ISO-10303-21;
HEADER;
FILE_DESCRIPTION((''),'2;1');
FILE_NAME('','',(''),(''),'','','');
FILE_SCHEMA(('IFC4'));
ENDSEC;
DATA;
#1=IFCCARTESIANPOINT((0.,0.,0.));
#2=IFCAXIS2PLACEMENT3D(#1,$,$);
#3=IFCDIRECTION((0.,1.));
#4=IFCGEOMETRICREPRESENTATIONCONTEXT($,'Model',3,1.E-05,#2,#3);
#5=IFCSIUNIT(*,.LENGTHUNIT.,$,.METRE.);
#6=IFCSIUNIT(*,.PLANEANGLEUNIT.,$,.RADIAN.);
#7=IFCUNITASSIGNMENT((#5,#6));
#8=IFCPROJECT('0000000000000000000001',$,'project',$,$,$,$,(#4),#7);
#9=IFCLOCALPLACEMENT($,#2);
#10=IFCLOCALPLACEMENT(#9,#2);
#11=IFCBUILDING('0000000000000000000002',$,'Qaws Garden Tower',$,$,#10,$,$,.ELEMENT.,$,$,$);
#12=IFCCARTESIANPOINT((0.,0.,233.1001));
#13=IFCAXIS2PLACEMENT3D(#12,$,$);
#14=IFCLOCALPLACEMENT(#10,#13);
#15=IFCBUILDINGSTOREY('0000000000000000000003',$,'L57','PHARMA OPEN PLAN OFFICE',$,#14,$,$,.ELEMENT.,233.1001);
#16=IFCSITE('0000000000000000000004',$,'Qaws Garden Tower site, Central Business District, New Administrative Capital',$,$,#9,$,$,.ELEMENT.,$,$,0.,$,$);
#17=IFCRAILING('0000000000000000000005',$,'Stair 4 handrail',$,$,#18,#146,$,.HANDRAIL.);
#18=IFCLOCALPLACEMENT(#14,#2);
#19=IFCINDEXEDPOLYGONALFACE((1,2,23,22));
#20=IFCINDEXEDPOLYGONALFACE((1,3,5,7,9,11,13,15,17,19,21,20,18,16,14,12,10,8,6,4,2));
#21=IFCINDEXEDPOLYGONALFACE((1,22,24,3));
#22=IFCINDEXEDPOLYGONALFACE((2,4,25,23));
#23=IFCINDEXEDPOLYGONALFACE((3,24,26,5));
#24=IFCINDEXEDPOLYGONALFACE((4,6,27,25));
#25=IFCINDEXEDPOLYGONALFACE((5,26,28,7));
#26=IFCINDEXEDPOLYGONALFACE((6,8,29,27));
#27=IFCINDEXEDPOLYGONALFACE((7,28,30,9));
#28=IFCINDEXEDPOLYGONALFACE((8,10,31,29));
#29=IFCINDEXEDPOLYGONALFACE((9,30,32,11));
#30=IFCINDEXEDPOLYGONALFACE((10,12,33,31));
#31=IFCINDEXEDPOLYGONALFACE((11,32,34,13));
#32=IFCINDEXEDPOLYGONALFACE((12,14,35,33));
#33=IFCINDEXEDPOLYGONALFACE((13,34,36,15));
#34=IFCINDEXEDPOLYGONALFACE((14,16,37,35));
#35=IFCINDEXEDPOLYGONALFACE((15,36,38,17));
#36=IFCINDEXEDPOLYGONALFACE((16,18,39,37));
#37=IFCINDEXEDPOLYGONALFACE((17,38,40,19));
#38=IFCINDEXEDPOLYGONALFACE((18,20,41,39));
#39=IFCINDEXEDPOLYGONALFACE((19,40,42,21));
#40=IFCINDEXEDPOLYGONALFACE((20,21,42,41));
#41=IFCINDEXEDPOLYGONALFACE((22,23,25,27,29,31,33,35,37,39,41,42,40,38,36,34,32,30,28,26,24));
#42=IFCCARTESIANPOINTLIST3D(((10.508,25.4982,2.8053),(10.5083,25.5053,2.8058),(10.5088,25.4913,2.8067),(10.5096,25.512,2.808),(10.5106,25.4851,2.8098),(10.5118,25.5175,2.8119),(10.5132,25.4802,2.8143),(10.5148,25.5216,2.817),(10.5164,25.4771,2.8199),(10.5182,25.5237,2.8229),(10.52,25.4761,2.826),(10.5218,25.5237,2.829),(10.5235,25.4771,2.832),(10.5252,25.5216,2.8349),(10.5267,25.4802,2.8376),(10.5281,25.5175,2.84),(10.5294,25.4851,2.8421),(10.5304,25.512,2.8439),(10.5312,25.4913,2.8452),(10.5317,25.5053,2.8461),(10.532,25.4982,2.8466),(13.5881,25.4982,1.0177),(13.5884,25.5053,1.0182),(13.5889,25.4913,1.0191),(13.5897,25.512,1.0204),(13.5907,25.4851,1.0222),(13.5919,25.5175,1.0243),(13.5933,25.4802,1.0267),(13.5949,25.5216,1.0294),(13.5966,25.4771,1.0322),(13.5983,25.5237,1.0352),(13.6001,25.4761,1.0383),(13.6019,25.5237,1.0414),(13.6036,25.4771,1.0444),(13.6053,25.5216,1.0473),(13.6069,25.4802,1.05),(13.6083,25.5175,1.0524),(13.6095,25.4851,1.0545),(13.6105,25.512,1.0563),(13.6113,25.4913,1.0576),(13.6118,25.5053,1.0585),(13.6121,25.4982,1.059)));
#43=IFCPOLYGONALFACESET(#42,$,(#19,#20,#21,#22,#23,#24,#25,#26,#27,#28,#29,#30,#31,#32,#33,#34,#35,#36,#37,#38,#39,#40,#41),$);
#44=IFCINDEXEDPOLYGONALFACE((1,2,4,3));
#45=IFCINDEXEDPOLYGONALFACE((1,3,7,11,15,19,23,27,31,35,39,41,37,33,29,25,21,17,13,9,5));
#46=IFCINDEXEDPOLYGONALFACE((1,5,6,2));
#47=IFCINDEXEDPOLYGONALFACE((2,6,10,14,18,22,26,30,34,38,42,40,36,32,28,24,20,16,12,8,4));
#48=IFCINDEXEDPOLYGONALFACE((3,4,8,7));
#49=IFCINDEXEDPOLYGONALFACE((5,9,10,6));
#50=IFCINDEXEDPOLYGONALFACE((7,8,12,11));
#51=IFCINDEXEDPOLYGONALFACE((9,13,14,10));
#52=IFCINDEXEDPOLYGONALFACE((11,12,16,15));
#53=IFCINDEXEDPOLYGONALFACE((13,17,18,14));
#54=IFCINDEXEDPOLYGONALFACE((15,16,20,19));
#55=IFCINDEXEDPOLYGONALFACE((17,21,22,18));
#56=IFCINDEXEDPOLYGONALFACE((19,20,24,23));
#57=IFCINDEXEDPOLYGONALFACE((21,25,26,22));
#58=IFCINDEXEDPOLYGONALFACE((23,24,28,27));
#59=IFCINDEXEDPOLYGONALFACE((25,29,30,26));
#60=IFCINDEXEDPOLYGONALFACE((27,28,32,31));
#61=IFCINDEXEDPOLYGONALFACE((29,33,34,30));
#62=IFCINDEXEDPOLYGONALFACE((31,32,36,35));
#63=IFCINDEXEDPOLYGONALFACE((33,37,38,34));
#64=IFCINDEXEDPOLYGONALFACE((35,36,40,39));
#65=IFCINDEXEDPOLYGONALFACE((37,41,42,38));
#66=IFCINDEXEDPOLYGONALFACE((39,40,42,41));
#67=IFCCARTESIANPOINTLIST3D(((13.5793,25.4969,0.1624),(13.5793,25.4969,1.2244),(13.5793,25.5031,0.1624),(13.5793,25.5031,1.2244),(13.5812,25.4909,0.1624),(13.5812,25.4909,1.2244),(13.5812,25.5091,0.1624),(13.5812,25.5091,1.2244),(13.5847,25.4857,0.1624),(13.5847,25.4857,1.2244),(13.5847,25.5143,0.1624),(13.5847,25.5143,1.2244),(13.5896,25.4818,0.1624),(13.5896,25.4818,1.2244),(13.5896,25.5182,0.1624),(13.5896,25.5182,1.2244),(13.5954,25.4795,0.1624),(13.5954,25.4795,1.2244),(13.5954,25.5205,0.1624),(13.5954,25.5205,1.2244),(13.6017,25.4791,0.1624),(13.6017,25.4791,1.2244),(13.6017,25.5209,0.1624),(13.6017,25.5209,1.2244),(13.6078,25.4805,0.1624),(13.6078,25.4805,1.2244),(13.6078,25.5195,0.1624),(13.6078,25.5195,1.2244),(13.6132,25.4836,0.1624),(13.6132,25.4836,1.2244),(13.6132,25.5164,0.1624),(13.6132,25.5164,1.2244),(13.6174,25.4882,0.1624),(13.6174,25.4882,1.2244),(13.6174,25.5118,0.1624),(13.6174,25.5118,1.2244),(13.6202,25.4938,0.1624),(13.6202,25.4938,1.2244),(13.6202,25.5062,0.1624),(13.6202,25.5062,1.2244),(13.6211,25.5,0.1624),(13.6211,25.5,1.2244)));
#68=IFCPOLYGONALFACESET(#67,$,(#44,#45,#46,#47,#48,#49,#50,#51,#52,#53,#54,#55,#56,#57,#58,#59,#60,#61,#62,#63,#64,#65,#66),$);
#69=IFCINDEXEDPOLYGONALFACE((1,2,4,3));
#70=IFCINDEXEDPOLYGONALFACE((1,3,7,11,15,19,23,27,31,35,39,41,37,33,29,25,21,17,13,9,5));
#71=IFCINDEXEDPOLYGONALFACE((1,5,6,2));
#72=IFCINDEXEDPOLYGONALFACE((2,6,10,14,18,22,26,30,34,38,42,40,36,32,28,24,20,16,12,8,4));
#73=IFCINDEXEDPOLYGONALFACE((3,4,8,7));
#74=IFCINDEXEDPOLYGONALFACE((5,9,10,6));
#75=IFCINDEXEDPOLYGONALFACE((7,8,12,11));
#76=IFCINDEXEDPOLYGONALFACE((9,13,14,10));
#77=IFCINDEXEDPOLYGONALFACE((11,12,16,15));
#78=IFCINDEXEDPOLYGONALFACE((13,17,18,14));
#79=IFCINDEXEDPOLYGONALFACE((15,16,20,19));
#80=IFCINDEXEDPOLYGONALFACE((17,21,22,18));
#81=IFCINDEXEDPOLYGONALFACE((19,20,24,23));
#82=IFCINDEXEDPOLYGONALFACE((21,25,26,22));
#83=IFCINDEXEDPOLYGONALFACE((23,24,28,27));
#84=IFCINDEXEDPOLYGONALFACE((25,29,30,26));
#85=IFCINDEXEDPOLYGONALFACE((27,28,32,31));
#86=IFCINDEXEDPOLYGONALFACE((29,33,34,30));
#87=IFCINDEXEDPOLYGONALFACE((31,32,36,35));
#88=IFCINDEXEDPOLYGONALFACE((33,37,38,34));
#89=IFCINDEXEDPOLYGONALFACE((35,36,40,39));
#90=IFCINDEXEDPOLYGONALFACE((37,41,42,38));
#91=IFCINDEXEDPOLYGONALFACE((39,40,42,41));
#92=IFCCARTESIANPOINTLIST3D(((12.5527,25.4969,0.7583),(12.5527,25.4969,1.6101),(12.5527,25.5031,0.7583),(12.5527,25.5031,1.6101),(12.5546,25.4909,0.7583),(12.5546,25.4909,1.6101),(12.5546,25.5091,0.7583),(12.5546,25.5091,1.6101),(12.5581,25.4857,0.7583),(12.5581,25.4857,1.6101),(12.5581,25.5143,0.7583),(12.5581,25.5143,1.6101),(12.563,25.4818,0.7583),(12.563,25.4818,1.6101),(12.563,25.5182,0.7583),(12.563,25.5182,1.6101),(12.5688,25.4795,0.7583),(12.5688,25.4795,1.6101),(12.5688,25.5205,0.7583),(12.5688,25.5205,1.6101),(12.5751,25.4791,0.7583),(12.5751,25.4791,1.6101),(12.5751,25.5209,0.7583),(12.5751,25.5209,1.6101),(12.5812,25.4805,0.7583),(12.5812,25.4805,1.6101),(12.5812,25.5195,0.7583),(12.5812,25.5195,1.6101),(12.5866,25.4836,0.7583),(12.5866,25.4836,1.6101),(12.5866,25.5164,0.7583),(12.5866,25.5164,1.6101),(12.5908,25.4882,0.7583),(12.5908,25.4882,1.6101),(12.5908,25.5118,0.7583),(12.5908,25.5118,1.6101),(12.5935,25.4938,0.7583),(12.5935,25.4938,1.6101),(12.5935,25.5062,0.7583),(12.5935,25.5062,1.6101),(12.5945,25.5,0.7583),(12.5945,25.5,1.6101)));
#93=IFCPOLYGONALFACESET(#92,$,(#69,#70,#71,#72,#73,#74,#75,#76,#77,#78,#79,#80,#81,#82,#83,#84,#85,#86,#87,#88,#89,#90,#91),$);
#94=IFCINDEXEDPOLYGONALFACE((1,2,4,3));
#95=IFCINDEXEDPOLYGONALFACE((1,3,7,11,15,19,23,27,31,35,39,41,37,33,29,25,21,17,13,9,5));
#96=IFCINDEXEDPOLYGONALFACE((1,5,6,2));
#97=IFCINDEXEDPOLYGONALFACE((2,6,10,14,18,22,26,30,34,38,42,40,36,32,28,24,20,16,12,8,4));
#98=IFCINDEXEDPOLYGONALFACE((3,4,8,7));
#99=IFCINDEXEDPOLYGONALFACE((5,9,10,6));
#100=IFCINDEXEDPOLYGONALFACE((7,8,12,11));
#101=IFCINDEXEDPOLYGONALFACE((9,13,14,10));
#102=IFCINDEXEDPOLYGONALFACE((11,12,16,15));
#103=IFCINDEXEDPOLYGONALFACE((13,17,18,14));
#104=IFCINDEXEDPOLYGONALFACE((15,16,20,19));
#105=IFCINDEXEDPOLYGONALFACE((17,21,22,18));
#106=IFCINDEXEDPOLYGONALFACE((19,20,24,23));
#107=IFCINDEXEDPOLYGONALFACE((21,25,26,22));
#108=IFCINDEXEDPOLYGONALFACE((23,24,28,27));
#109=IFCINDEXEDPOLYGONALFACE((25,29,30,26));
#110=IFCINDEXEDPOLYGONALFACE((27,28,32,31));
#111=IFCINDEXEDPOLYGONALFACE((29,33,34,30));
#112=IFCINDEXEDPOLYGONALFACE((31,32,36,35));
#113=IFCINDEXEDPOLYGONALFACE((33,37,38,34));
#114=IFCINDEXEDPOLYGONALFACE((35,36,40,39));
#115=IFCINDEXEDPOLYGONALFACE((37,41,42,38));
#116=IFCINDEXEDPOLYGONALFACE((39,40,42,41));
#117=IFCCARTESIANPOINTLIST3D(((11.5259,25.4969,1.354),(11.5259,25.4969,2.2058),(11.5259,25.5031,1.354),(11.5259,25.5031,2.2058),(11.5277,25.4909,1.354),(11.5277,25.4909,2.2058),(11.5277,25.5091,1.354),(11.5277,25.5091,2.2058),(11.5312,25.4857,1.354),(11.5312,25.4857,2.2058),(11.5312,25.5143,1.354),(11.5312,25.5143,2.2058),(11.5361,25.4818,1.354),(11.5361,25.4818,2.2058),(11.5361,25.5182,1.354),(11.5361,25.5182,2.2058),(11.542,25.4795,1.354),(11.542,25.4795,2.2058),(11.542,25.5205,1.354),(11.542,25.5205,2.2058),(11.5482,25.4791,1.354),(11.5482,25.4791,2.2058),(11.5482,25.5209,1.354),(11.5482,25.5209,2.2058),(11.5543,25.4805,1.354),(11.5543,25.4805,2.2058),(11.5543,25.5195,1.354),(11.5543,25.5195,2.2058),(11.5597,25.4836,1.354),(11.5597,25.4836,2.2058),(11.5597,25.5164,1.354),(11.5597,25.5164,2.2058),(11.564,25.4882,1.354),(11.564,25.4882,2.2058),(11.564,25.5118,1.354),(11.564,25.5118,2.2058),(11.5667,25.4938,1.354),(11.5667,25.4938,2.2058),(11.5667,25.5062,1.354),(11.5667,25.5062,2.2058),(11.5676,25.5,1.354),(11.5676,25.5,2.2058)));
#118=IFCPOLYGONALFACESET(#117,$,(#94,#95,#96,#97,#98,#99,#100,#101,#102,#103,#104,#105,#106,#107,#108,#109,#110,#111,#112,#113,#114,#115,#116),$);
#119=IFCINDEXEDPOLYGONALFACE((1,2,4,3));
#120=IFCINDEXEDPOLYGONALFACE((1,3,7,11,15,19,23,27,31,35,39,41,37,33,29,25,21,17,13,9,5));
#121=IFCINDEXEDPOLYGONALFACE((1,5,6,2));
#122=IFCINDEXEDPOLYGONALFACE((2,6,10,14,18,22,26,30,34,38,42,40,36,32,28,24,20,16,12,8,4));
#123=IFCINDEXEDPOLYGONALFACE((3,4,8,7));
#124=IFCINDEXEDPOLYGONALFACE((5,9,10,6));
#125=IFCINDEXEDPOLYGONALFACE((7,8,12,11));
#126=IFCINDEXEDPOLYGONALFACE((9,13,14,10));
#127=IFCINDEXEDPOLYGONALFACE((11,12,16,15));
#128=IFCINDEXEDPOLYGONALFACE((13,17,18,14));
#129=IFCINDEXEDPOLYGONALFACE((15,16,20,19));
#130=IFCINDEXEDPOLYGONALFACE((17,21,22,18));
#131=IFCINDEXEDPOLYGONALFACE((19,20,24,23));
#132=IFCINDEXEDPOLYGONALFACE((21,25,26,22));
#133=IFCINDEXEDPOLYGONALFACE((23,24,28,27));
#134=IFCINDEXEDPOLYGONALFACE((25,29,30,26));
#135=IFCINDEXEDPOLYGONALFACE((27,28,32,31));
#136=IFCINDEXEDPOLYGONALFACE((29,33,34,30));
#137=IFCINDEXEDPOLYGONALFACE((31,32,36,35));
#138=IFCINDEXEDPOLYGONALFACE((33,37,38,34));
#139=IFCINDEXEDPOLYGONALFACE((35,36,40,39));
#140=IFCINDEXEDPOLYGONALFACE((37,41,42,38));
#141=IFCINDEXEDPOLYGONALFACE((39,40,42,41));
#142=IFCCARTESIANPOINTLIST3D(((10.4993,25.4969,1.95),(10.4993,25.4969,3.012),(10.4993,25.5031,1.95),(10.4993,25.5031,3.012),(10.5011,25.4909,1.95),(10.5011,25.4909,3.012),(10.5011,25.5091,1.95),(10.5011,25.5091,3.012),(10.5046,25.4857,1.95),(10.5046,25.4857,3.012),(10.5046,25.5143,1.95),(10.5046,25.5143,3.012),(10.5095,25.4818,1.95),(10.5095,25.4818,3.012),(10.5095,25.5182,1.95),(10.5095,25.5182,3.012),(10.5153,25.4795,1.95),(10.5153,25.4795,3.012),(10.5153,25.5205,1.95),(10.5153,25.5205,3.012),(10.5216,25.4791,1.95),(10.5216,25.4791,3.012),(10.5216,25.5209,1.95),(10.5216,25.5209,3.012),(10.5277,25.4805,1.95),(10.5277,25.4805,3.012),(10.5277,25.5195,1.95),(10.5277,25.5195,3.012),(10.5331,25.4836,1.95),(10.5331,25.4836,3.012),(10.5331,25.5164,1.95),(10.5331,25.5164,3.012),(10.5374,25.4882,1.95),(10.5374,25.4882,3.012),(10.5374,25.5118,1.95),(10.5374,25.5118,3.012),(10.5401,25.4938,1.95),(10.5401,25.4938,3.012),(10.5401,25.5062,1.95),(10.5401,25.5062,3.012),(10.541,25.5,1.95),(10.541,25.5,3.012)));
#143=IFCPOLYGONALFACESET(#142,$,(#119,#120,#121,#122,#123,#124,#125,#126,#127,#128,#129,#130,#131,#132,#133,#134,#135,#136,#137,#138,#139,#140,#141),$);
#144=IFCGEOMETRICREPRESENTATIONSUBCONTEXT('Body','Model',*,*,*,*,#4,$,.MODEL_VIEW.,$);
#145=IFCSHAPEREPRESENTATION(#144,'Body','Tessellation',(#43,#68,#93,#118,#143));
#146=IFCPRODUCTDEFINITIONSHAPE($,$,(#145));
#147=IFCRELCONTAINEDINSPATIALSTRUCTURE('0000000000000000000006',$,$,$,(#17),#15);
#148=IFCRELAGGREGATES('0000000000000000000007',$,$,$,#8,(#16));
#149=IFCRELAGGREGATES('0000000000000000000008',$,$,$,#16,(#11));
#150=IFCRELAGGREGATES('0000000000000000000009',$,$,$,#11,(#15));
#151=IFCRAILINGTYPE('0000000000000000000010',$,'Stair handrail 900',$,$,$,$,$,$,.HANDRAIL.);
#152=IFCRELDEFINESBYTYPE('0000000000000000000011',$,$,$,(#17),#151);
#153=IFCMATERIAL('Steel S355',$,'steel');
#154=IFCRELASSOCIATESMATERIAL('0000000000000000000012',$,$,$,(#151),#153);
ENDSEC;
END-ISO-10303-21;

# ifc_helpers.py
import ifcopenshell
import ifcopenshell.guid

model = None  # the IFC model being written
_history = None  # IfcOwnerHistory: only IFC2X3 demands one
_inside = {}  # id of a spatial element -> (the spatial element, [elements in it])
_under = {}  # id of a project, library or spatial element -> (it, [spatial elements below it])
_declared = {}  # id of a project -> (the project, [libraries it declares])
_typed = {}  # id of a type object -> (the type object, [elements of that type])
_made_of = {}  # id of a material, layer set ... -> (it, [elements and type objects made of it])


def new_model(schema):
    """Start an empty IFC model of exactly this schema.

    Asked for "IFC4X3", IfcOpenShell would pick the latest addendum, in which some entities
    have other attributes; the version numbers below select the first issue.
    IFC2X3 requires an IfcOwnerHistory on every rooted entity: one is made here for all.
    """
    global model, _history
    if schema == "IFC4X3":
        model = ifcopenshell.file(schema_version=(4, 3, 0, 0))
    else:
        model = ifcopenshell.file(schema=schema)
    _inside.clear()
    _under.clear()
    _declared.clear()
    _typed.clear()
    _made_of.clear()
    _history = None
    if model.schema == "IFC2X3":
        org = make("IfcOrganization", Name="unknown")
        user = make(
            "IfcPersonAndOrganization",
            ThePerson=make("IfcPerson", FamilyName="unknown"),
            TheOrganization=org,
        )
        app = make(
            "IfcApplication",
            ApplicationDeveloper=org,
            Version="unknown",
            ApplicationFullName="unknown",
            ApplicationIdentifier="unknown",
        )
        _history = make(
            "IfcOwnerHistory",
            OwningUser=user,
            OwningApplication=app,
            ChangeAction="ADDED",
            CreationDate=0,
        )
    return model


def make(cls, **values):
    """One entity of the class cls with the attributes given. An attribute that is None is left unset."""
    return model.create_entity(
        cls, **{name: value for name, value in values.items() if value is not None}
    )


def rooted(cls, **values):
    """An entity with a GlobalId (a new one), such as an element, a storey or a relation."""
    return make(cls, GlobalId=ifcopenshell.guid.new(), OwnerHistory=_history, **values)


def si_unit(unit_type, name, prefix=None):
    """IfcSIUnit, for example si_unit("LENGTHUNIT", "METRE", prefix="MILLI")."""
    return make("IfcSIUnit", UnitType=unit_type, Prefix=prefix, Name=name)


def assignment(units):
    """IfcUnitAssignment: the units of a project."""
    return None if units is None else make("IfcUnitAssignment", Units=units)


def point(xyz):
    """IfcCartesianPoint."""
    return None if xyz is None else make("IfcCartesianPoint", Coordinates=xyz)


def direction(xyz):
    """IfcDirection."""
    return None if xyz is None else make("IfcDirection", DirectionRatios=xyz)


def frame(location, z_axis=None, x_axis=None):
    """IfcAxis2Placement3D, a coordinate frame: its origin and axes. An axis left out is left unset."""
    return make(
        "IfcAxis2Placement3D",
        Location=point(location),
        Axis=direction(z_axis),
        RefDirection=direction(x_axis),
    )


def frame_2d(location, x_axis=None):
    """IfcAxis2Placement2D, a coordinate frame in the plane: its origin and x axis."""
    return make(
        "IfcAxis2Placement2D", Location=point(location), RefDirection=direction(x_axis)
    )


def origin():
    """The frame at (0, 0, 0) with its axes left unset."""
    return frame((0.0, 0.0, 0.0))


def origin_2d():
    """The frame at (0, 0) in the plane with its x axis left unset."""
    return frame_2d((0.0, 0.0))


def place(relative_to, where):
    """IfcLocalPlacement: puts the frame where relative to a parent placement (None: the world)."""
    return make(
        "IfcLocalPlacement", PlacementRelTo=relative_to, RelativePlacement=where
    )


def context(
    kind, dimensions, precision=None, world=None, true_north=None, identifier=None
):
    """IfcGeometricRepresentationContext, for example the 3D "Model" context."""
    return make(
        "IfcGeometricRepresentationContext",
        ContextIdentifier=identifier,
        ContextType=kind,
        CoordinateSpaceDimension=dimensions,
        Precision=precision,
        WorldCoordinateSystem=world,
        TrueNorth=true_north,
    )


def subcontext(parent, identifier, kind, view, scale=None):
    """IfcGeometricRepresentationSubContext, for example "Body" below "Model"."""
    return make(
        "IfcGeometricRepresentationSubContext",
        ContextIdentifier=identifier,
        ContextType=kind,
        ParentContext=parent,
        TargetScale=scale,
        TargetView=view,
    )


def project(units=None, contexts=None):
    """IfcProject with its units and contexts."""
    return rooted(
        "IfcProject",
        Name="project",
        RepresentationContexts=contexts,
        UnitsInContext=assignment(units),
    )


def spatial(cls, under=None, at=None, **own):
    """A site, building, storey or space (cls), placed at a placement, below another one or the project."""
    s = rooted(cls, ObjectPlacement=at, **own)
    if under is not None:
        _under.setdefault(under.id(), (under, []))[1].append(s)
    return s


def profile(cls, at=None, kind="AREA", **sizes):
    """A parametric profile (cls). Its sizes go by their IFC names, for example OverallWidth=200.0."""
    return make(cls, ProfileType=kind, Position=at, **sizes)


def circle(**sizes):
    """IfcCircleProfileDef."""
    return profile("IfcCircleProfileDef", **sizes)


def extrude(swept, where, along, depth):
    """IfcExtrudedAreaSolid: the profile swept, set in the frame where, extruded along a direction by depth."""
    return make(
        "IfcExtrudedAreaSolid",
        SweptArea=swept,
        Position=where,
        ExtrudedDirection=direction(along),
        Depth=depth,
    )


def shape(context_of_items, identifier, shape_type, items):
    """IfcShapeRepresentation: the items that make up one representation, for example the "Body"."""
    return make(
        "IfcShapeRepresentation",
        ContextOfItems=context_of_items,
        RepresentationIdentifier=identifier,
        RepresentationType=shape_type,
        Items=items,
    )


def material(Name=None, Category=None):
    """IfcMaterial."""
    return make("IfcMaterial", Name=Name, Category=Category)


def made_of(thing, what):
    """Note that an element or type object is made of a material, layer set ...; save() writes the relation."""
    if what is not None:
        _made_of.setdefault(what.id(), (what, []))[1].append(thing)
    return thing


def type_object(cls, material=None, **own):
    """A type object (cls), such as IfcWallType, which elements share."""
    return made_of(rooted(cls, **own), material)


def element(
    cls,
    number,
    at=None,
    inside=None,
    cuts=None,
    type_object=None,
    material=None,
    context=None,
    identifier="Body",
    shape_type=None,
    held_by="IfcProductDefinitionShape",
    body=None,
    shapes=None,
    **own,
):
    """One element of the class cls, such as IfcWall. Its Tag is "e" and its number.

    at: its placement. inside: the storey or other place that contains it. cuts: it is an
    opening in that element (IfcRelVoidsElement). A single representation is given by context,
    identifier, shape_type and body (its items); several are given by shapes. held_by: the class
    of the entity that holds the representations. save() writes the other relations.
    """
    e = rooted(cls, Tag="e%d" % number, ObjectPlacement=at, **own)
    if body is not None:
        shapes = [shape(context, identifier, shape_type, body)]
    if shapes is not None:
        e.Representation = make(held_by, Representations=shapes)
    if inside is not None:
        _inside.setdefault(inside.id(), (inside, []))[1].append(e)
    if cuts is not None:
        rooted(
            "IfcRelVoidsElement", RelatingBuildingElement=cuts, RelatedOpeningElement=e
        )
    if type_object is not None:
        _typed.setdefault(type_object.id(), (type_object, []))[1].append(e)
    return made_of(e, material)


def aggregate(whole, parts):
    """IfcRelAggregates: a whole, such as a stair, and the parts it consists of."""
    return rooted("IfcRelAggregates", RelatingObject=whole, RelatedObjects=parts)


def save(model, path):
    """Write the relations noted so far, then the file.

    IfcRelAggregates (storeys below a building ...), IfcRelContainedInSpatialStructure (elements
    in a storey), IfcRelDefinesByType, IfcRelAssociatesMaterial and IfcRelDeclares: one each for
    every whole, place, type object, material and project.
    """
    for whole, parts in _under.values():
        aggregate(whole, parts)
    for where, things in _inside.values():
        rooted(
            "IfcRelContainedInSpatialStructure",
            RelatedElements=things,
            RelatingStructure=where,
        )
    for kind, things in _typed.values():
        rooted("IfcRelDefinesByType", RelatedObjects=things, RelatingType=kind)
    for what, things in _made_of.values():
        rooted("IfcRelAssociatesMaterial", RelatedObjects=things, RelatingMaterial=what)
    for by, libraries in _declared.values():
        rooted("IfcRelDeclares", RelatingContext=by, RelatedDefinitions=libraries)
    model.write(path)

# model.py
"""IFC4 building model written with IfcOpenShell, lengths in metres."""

from ifc_helpers import new_model, si_unit, direction, frame, origin, origin_2d, place, context, subcontext, project, spatial, circle, extrude, material, type_object, element, save


model = new_model("IFC4")

# Units and contexts
model_context = context("Model", 3, precision=1e-05, world=origin(), true_north=direction((0.0, 1.0)))
body_context = subcontext(model_context, "Body", "Model", "MODEL_VIEW")
ifc_project = project(units=[si_unit("LENGTHUNIT", "METRE"), si_unit("PLANEANGLEUNIT", "RADIAN")], contexts=[model_context])

# Site, building, storey
site_placement = place(None, origin())
site = spatial("IfcSite", under=ifc_project, at=site_placement, Name="Qaws Garden Tower site, Central Business District, New Administrative Capital", CompositionType="ELEMENT", RefElevation=0.0)
building_placement = place(site_placement, origin())
building = spatial("IfcBuilding", under=site, at=building_placement, Name="Qaws Garden Tower", CompositionType="ELEMENT")
storey_placement = place(building_placement, frame((0.0, 0.0, 233.1001)))
storey = spatial("IfcBuildingStorey", under=building, at=storey_placement, Name="L57", Description="PHARMA OPEN PLAN OFFICE", CompositionType="ELEMENT", Elevation=233.1001)

# Railing
ifc_material_1 = material(Name="Steel S355", Category="steel")
railing_type = type_object("IfcRailingType", Name="Stair handrail 900", PredefinedType="HANDRAIL", material=ifc_material_1)
railing_1_placement = place(storey_placement, frame((13.6001, 25.5, 0.1624)))
element("IfcRailing", 1, at=railing_1_placement, inside=storey, type_object=railing_type, Name="Stair 4 handrail", PredefinedType="HANDRAIL", context=body_context, shape_type="SweptSolid", body=[
    extrude(circle(Radius=0.0239, at=origin_2d()), frame((0.0, 0.0, 0.876), z_axis=(-0.864891, 0.0, 0.50196), x_axis=(0.0, -1.0, 0.0)), (0.0, 0.0, 1.0), 3.5613),
    extrude(circle(Radius=0.021, at=origin_2d()), origin(), (0.0, 0.0, 1.0), 1.062),
    extrude(circle(Radius=0.021, at=origin_2d()), frame((-1.0266, 0.0, 0.5959)), (0.0, 0.0, 1.0), 0.8518),
    extrude(circle(Radius=0.021, at=origin_2d()), frame((-2.0535, 0.0, 1.1917)), (0.0, 0.0, 1.0), 0.8518),
    extrude(circle(Radius=0.021, at=origin_2d()), frame((-3.0801, 0.0, 1.7876)), (0.0, 0.0, 1.0), 1.062),
])

save(model, "model.ifc")
